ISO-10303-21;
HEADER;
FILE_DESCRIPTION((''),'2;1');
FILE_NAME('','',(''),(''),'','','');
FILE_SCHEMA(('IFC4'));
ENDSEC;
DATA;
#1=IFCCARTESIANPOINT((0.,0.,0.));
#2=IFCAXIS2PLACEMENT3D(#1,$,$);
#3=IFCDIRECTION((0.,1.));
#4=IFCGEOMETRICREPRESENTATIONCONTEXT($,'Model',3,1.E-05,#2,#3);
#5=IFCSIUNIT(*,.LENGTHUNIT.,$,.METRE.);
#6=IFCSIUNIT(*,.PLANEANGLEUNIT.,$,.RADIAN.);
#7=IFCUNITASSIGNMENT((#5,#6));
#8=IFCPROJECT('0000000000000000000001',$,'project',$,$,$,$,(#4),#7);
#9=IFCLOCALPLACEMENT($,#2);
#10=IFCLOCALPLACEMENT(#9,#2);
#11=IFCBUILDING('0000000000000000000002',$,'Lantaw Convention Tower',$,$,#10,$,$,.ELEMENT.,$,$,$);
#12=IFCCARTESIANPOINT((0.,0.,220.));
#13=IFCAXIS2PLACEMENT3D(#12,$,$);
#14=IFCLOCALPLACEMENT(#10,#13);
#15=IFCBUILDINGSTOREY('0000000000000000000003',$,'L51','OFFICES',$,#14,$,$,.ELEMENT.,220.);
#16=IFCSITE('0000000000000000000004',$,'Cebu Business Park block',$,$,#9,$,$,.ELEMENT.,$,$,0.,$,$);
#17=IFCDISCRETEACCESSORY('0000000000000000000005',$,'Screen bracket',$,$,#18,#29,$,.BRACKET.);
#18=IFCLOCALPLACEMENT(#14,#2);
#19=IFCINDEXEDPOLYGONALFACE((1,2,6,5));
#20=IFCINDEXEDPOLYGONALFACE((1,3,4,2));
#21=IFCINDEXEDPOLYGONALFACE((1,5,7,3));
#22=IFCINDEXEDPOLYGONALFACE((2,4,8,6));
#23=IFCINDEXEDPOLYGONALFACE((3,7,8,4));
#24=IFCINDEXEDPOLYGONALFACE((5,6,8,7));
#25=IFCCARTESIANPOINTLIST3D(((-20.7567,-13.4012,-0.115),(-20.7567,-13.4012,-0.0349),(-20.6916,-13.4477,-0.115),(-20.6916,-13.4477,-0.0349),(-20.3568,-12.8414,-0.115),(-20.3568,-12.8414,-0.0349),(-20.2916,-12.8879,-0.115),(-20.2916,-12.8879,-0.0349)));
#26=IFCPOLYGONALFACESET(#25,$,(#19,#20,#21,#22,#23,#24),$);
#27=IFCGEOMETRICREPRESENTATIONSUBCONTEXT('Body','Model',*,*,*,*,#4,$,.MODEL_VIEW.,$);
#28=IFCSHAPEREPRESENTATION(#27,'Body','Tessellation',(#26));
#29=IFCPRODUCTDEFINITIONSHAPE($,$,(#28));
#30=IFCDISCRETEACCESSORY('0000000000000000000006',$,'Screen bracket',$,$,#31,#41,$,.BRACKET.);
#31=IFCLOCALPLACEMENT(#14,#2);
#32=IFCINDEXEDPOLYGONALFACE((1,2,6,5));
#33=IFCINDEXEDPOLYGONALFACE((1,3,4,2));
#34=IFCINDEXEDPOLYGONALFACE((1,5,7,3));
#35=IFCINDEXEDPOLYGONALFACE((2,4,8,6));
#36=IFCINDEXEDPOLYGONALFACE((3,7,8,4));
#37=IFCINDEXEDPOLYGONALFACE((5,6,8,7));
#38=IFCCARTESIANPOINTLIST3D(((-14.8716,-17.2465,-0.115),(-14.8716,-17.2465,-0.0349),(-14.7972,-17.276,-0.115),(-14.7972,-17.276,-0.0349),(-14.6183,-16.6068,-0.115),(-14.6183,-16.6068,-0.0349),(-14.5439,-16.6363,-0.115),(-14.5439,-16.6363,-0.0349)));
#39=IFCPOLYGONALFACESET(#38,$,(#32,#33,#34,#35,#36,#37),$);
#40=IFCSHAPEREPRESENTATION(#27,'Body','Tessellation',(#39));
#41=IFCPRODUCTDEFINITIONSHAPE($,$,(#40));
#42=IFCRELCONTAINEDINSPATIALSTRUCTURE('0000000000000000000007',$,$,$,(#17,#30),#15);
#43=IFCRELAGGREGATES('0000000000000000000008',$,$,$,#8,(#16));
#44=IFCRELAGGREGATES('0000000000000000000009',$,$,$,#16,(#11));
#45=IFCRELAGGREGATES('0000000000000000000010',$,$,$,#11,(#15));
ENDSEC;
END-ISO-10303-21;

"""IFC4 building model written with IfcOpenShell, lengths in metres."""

from ifc_helpers import new_model, si_unit, direction, frame, origin, origin_2d, place, context, subcontext, project, spatial, rectangle, extrude, element, save


model = new_model("IFC4")

# Units and contexts
model_context = context("Model", 3, precision=1e-05, world=origin(), true_north=direction((0.0, 1.0)))
body_context = subcontext(model_context, "Body", "Model", "MODEL_VIEW")
ifc_project = project(units=[si_unit("LENGTHUNIT", "METRE"), si_unit("PLANEANGLEUNIT", "RADIAN")], contexts=[model_context])

# Site, building, storey
site_placement = place(None, origin())
site = spatial("IfcSite", under=ifc_project, at=site_placement, Name="Cebu Business Park block", CompositionType="ELEMENT", RefElevation=0.0)
building_placement = place(site_placement, origin())
building = spatial("IfcBuilding", under=site, at=building_placement, Name="Lantaw Convention Tower", CompositionType="ELEMENT")
storey_placement = place(building_placement, frame((0.0, 0.0, 220.0)))
storey = spatial("IfcBuildingStorey", under=building, at=storey_placement, Name="L51", Description="OFFICES", CompositionType="ELEMENT", Elevation=220.0)

# Discrete accessories
for number, where, z_axis, x_axis, name in (
    (1, (-20.5242, -13.1445, -0.115), (0.0, 0.0, 1.0), (0.813673, -0.581323, 0.0), "Screen bracket"),
    (2, (-14.7078, -16.9414, -0.115), (0.0, 0.0, 1.0), (0.929762, -0.368162, 0.0), "Screen bracket"),
):
    element("IfcDiscreteAccessory", number, at=place(storey_placement, frame(where, z_axis=z_axis, x_axis=x_axis)), inside=storey, Name=name, PredefinedType="BRACKET", context=body_context, shape_type="SweptSolid", body=[
        extrude(rectangle(XDim=0.0801, YDim=0.688, at=origin_2d()), origin(), (0.0, 0.0, 1.0), 0.0801),
    ])

save(model, "model.ifc")
